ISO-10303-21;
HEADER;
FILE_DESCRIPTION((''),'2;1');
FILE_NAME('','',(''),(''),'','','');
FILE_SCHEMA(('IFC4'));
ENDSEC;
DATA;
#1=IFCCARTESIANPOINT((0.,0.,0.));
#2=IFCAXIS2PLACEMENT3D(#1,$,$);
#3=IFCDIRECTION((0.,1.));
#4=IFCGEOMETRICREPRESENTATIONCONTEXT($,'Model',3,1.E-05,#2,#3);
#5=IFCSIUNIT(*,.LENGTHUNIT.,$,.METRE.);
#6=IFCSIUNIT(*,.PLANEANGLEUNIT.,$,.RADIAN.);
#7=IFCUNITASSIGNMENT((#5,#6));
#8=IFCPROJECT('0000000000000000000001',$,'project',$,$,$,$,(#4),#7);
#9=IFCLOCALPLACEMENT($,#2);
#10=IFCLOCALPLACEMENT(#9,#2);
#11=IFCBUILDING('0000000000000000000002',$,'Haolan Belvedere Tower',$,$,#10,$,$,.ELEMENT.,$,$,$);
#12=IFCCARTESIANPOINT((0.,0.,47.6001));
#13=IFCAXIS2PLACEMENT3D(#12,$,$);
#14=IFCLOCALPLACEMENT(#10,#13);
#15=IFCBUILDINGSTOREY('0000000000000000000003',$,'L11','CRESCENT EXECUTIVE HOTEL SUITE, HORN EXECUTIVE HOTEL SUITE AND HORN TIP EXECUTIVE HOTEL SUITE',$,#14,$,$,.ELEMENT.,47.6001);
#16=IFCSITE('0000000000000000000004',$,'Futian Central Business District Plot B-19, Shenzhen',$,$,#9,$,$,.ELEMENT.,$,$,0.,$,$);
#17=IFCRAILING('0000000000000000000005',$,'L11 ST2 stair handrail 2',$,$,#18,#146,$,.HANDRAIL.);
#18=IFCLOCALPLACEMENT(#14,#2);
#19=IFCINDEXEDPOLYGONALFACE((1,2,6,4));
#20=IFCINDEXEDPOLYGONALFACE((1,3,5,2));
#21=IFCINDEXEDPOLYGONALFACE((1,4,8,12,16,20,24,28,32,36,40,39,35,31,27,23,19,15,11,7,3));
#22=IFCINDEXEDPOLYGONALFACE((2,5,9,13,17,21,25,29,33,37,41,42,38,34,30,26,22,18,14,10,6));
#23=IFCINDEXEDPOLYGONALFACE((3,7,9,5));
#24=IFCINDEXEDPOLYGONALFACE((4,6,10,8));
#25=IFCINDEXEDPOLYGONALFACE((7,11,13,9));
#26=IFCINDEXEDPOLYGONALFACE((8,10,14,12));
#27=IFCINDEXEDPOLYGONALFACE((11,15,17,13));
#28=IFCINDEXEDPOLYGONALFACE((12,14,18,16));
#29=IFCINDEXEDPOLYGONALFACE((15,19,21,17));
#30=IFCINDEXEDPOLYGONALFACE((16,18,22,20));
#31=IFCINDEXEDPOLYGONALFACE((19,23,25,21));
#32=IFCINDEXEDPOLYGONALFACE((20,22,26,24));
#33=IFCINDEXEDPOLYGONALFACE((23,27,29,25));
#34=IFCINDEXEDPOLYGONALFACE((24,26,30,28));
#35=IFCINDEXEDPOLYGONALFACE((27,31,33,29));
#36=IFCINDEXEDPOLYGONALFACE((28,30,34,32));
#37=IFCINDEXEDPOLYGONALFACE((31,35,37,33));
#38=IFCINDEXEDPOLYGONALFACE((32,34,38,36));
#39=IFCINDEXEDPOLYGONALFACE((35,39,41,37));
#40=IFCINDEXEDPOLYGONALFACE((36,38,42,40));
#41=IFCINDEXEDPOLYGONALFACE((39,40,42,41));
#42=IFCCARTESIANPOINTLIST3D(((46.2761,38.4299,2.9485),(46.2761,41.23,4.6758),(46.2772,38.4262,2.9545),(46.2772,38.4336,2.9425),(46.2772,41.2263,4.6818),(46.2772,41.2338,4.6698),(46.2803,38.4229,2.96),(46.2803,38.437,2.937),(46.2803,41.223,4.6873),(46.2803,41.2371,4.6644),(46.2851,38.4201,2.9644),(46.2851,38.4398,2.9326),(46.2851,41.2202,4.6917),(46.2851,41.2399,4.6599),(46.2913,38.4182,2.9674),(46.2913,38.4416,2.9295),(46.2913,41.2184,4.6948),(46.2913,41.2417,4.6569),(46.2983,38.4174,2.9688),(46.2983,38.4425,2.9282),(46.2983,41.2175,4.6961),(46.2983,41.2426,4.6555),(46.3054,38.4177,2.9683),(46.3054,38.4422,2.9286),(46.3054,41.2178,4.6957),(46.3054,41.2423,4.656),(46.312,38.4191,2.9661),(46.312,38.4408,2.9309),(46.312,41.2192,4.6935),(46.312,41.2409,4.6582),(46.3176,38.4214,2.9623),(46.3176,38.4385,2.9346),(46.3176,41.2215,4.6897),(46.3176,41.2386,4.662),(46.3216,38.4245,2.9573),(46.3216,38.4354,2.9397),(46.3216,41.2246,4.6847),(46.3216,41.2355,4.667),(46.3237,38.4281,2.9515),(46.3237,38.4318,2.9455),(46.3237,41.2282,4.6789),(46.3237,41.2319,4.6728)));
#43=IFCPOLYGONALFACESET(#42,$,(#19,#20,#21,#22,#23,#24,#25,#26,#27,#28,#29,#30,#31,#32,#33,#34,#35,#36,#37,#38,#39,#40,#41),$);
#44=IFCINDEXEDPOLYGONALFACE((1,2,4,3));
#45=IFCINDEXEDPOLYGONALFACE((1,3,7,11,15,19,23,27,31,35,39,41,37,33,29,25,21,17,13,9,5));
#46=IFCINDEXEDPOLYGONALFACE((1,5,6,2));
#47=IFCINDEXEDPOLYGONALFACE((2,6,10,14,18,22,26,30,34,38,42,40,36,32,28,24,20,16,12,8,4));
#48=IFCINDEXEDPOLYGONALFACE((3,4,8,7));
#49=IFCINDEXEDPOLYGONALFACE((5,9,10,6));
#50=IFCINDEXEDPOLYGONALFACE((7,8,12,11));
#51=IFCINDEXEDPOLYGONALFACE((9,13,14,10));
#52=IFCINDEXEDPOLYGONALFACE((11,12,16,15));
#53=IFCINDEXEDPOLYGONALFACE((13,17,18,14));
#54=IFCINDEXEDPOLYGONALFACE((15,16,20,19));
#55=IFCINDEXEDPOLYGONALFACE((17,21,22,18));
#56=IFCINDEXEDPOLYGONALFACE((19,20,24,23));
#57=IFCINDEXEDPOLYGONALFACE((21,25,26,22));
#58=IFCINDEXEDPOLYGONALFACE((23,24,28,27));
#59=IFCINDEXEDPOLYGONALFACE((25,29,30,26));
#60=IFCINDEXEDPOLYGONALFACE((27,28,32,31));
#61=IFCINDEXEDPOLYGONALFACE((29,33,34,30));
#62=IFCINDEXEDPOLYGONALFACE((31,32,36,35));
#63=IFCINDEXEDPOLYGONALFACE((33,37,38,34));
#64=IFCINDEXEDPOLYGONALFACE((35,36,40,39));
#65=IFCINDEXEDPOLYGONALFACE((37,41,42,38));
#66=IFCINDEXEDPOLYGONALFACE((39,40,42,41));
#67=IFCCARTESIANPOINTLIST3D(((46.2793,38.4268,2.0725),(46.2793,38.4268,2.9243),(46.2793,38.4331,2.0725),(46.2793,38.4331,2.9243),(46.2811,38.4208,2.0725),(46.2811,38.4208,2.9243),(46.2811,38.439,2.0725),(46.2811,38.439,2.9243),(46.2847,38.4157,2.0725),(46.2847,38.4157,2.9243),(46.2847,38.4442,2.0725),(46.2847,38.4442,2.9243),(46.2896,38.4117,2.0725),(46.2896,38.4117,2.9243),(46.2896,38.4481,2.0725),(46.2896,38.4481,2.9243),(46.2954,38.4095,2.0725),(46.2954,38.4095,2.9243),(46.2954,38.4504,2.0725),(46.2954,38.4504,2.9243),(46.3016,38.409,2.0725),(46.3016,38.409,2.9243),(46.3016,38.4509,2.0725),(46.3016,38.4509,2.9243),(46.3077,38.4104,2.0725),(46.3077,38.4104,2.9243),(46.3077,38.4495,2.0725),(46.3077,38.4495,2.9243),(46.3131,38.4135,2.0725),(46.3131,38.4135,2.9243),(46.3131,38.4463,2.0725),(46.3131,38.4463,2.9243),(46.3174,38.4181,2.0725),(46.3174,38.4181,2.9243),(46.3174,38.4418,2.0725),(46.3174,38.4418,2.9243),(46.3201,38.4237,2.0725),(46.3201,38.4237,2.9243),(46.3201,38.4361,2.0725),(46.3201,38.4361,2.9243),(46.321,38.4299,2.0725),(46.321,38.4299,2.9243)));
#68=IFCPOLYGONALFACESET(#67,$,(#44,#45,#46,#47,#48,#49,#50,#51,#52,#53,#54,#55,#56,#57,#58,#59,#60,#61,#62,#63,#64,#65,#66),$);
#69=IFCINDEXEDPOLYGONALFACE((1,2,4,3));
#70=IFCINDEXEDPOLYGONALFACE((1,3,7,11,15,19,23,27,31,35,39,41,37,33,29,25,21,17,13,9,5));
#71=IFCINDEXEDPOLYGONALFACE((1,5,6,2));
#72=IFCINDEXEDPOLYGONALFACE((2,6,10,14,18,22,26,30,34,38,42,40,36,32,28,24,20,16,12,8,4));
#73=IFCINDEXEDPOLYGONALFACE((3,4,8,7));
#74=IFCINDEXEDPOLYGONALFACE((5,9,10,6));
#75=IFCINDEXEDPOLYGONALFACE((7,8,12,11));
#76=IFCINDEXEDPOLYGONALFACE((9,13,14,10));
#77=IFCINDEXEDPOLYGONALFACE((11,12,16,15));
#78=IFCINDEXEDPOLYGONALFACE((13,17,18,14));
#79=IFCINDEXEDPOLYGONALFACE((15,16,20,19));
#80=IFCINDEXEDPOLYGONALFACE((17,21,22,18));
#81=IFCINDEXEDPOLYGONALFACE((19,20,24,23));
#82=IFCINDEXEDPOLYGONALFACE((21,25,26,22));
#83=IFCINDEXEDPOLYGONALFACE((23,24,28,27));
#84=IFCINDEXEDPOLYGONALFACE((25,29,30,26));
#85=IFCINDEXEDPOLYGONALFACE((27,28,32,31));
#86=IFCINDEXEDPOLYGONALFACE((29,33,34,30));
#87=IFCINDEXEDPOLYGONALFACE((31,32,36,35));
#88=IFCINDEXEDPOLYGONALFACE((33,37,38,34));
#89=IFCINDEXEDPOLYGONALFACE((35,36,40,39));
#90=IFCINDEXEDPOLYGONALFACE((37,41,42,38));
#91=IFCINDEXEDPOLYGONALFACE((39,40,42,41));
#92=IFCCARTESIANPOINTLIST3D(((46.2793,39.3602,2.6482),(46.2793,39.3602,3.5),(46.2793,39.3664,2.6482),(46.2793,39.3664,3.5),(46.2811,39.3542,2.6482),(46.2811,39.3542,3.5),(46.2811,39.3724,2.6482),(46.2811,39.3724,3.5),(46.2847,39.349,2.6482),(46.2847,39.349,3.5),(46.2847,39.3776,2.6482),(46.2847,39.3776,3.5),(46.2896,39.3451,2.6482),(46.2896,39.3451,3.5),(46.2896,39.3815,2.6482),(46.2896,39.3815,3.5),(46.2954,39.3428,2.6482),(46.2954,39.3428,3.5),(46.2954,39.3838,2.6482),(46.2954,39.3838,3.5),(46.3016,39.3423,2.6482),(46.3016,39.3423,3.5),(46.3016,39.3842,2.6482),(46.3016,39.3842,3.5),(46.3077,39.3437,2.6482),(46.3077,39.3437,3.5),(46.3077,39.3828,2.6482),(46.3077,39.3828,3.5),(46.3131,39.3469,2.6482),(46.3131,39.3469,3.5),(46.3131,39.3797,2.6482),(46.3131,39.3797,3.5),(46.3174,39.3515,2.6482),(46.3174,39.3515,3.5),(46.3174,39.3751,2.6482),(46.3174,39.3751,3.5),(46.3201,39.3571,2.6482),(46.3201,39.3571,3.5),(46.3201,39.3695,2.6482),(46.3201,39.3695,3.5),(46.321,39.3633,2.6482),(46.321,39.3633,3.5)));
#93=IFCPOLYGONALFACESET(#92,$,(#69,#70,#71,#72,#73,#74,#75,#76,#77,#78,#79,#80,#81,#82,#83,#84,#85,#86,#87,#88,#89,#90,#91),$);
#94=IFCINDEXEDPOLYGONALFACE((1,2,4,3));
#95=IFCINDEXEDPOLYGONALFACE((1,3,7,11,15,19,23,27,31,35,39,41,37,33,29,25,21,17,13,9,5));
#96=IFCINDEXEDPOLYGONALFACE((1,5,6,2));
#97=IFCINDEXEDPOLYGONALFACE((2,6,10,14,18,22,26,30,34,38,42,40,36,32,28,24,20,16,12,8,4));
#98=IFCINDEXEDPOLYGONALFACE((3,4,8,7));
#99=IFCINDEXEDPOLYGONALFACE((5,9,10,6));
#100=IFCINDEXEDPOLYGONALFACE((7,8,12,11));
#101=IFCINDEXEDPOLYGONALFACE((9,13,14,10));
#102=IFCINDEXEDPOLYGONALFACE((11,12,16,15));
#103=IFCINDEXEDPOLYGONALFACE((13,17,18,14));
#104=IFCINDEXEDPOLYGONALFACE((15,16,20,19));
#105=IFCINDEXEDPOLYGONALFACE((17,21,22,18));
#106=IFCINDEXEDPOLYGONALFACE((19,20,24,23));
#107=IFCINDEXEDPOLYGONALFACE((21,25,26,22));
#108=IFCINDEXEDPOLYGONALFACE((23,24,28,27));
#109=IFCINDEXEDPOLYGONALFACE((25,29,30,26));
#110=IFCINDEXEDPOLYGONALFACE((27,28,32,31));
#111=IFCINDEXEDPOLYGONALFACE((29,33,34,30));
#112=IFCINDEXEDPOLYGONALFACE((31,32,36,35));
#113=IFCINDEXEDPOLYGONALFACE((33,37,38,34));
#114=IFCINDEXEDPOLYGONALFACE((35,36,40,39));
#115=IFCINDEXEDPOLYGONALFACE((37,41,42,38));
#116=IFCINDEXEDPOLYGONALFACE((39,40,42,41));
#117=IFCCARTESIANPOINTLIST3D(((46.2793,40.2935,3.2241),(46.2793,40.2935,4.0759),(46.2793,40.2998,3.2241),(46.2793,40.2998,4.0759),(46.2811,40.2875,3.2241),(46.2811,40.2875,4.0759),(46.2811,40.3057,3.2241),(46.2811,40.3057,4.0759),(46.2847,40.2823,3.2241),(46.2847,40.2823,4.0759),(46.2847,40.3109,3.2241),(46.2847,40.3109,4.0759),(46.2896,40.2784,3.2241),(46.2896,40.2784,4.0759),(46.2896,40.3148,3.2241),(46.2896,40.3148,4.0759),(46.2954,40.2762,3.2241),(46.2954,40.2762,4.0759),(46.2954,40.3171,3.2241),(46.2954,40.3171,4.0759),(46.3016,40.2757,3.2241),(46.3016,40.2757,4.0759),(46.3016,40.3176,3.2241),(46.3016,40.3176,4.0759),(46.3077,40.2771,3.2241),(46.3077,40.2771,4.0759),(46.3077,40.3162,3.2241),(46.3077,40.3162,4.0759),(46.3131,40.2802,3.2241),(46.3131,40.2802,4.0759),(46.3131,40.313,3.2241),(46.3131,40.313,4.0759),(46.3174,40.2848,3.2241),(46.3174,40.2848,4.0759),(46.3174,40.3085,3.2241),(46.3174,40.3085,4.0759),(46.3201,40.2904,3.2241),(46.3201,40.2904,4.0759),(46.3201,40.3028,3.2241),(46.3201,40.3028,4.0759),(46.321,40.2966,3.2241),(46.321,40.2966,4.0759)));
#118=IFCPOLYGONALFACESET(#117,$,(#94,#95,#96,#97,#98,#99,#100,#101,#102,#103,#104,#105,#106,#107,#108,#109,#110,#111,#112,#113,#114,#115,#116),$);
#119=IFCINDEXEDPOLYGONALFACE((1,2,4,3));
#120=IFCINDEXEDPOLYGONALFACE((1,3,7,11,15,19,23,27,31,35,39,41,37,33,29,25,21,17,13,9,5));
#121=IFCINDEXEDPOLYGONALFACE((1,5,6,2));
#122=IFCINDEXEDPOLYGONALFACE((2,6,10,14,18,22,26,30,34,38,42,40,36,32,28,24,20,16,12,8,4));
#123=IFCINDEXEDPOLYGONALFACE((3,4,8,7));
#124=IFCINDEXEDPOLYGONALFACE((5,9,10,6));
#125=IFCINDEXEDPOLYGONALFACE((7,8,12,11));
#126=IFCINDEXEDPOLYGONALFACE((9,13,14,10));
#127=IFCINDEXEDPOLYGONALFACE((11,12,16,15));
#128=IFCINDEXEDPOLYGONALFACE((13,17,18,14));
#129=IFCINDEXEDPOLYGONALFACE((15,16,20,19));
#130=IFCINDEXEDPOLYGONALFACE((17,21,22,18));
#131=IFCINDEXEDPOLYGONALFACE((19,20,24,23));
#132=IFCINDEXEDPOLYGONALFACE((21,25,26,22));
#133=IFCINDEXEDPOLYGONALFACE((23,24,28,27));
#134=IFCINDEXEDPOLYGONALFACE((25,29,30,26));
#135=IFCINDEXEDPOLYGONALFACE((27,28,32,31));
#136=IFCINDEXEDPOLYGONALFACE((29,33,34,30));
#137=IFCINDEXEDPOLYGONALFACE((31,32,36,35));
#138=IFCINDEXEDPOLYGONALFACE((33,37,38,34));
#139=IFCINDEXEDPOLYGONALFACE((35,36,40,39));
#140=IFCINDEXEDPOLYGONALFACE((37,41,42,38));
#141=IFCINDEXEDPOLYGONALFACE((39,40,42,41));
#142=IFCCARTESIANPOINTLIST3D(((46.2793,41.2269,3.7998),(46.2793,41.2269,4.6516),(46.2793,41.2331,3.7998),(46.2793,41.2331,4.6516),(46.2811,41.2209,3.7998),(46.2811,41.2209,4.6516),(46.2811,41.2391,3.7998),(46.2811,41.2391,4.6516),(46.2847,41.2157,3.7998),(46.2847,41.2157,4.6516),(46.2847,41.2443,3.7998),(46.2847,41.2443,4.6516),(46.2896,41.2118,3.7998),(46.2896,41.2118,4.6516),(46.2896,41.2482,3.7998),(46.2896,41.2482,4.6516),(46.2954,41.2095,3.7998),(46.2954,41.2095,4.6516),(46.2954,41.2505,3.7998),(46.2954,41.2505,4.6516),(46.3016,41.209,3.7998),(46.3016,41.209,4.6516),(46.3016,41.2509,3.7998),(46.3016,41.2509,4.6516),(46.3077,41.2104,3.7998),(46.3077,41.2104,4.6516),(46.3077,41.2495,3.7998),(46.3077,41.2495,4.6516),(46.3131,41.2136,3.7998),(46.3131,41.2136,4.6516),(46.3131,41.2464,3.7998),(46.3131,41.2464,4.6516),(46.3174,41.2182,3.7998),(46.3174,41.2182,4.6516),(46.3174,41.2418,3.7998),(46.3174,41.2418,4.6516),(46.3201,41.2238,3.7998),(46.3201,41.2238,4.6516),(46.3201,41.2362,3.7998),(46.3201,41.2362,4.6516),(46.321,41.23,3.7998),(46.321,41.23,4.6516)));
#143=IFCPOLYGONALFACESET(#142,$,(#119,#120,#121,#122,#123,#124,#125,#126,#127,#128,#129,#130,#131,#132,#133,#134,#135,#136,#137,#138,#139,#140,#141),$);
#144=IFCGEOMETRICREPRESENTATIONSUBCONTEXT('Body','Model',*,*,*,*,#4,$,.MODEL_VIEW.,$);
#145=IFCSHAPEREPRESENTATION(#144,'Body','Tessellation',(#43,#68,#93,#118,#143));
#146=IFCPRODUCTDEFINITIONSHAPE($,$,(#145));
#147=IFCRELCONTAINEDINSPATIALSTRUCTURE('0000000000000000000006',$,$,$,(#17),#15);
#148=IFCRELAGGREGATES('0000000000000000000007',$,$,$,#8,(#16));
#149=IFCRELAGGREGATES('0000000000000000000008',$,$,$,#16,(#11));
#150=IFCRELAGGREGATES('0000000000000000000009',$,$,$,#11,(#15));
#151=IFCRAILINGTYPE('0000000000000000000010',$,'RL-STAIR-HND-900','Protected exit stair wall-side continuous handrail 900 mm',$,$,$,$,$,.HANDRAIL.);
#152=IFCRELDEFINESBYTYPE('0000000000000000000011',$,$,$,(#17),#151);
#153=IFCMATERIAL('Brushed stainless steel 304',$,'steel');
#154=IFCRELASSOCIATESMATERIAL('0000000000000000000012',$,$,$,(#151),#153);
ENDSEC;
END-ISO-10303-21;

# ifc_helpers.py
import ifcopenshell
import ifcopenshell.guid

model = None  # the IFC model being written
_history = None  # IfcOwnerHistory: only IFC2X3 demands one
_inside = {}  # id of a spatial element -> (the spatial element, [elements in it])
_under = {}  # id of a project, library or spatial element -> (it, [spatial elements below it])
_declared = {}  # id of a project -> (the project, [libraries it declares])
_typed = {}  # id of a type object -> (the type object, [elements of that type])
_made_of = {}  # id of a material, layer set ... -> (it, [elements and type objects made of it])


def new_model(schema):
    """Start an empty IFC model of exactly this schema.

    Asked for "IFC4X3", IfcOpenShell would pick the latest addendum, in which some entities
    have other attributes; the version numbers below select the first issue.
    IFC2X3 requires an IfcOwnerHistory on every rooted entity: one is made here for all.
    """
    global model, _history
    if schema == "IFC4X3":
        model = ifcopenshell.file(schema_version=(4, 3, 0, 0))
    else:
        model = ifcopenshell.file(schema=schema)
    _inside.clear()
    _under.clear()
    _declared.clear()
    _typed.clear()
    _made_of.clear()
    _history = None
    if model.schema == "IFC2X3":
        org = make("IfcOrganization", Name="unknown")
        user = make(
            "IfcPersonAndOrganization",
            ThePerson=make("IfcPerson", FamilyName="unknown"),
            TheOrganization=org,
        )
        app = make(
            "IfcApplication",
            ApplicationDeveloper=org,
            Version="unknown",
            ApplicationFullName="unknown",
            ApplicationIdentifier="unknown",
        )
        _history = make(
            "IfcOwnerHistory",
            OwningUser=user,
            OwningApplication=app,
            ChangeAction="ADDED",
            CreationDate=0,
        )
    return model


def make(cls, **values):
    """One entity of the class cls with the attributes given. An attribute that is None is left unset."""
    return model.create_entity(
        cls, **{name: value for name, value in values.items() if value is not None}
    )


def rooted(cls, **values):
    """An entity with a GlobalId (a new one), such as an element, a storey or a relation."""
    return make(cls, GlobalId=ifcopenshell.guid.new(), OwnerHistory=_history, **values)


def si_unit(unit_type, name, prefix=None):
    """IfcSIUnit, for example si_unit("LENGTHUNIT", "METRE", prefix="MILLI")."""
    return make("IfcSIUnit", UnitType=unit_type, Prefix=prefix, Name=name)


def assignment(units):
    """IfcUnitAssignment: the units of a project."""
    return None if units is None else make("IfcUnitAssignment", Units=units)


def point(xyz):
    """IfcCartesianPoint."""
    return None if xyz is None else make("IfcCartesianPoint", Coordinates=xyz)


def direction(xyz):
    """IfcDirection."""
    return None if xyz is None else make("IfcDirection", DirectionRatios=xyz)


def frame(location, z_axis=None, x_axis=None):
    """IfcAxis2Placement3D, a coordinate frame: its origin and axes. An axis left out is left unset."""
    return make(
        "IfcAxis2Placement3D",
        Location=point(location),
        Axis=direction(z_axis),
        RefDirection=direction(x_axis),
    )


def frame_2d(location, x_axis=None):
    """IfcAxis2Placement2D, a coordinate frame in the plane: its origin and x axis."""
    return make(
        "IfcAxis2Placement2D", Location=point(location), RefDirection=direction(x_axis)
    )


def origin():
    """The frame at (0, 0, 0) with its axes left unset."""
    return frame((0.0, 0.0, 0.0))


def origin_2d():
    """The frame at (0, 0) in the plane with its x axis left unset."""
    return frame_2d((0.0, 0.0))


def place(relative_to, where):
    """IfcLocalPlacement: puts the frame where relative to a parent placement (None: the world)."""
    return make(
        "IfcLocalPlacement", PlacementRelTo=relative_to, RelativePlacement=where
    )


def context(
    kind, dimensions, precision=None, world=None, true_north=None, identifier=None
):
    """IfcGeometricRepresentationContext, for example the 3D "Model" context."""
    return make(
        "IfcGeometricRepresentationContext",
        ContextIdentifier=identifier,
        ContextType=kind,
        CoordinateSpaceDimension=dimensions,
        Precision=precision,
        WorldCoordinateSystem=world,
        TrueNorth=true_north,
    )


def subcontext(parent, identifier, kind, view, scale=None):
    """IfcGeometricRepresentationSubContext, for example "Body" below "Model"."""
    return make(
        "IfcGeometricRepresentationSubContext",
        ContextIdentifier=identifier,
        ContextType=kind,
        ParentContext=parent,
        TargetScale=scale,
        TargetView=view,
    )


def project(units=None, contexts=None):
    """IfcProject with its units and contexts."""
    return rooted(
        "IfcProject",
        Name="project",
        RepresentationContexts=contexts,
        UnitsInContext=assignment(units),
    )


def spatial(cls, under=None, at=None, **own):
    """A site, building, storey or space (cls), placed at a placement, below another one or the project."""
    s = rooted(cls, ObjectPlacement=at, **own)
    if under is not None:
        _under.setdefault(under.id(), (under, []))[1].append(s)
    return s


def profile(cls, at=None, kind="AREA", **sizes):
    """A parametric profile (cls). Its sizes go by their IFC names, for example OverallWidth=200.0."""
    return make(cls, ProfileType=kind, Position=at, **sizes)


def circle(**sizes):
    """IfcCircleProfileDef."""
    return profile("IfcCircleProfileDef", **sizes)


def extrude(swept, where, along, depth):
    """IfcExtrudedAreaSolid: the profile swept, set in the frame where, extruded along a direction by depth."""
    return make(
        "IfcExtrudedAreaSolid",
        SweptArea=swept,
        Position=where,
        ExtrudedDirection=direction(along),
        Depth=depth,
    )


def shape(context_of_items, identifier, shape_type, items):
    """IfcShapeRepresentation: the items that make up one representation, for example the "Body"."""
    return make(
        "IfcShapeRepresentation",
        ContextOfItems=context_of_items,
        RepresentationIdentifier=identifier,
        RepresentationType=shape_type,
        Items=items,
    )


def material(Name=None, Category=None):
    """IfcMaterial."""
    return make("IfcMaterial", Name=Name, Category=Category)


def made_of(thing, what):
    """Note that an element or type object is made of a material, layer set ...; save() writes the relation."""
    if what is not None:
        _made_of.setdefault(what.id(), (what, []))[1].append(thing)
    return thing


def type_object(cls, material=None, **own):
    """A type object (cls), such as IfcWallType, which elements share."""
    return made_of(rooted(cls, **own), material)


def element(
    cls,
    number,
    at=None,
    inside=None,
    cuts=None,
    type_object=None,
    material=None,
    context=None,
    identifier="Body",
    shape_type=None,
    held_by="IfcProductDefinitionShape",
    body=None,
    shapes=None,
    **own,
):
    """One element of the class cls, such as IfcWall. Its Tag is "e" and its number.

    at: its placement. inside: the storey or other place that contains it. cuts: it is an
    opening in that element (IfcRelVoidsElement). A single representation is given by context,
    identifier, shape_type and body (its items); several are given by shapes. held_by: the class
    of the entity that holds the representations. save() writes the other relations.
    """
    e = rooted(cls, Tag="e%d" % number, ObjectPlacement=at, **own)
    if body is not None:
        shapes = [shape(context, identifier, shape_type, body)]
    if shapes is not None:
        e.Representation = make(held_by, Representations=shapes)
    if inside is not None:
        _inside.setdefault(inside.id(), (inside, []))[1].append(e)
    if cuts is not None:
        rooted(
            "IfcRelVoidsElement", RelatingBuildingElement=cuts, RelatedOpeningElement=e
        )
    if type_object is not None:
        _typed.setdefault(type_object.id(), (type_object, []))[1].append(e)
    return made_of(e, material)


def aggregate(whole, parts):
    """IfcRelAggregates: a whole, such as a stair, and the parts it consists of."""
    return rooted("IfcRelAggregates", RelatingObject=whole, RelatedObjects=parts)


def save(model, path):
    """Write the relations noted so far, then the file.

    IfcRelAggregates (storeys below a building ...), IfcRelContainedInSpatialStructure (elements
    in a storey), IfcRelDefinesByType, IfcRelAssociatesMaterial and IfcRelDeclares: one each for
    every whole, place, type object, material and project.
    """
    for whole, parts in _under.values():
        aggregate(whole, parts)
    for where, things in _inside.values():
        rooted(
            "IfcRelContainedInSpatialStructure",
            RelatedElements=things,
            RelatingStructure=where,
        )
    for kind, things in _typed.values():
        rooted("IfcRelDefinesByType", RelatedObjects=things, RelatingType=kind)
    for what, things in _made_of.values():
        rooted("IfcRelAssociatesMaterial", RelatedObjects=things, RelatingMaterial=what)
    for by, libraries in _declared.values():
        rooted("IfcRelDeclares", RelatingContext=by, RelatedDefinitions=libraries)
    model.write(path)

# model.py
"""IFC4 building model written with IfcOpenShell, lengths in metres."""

from ifc_helpers import new_model, si_unit, direction, frame, origin, origin_2d, place, context, subcontext, project, spatial, circle, extrude, material, type_object, element, save


model = new_model("IFC4")

# Units and contexts
model_context = context("Model", 3, precision=1e-05, world=origin(), true_north=direction((0.0, 1.0)))
body_context = subcontext(model_context, "Body", "Model", "MODEL_VIEW")
ifc_project = project(units=[si_unit("LENGTHUNIT", "METRE"), si_unit("PLANEANGLEUNIT", "RADIAN")], contexts=[model_context])

# Site, building, storey
site_placement = place(None, origin())
site = spatial("IfcSite", under=ifc_project, at=site_placement, Name="Futian Central Business District Plot B-19, Shenzhen", CompositionType="ELEMENT", RefElevation=0.0)
building_placement = place(site_placement, origin())
building = spatial("IfcBuilding", under=site, at=building_placement, Name="Haolan Belvedere Tower", CompositionType="ELEMENT")
storey_placement = place(building_placement, frame((0.0, 0.0, 47.6001)))
storey = spatial("IfcBuildingStorey", under=building, at=storey_placement, Name="L11", Description="CRESCENT EXECUTIVE HOTEL SUITE, HORN EXECUTIVE HOTEL SUITE AND HORN TIP EXECUTIVE HOTEL SUITE", CompositionType="ELEMENT", Elevation=47.6001)

# Railing
ifc_material_1 = material(Name="Brushed stainless steel 304", Category="steel")
railing_type_1 = type_object("IfcRailingType", Name="RL-STAIR-HND-900", Description="Protected exit stair wall-side continuous handrail 900 mm", PredefinedType="HANDRAIL", material=ifc_material_1)
railing_1_placement = place(storey_placement, frame((46.3, 38.4299, 2.0725)))
element("IfcRailing", 1, at=railing_1_placement, inside=storey, type_object=railing_type_1, Name="L11 ST2 stair handrail 2", PredefinedType="HANDRAIL", context=body_context, shape_type="SweptSolid", body=[
    extrude(circle(Radius=0.0239, at=origin_2d()), frame((0.0, 0.0, 0.876), z_axis=(0.0, 0.85109, 0.52502), x_axis=(-1.0, 0.0, 0.0)), (0.0, 0.0, 1.0), 3.29),
    extrude(circle(Radius=0.021, at=origin_2d()), origin(), (0.0, 0.0, 1.0), 0.8518),
    extrude(circle(Radius=0.021, at=origin_2d()), frame((0.0, 0.9333, 0.5757)), (0.0, 0.0, 1.0), 0.8518),
    extrude(circle(Radius=0.021, at=origin_2d()), frame((0.0, 1.8667, 1.1516)), (0.0, 0.0, 1.0), 0.8518),
    extrude(circle(Radius=0.021, at=origin_2d()), frame((0.0, 2.8, 1.7273)), (0.0, 0.0, 1.0), 0.8518),
])

save(model, "model.ifc")
